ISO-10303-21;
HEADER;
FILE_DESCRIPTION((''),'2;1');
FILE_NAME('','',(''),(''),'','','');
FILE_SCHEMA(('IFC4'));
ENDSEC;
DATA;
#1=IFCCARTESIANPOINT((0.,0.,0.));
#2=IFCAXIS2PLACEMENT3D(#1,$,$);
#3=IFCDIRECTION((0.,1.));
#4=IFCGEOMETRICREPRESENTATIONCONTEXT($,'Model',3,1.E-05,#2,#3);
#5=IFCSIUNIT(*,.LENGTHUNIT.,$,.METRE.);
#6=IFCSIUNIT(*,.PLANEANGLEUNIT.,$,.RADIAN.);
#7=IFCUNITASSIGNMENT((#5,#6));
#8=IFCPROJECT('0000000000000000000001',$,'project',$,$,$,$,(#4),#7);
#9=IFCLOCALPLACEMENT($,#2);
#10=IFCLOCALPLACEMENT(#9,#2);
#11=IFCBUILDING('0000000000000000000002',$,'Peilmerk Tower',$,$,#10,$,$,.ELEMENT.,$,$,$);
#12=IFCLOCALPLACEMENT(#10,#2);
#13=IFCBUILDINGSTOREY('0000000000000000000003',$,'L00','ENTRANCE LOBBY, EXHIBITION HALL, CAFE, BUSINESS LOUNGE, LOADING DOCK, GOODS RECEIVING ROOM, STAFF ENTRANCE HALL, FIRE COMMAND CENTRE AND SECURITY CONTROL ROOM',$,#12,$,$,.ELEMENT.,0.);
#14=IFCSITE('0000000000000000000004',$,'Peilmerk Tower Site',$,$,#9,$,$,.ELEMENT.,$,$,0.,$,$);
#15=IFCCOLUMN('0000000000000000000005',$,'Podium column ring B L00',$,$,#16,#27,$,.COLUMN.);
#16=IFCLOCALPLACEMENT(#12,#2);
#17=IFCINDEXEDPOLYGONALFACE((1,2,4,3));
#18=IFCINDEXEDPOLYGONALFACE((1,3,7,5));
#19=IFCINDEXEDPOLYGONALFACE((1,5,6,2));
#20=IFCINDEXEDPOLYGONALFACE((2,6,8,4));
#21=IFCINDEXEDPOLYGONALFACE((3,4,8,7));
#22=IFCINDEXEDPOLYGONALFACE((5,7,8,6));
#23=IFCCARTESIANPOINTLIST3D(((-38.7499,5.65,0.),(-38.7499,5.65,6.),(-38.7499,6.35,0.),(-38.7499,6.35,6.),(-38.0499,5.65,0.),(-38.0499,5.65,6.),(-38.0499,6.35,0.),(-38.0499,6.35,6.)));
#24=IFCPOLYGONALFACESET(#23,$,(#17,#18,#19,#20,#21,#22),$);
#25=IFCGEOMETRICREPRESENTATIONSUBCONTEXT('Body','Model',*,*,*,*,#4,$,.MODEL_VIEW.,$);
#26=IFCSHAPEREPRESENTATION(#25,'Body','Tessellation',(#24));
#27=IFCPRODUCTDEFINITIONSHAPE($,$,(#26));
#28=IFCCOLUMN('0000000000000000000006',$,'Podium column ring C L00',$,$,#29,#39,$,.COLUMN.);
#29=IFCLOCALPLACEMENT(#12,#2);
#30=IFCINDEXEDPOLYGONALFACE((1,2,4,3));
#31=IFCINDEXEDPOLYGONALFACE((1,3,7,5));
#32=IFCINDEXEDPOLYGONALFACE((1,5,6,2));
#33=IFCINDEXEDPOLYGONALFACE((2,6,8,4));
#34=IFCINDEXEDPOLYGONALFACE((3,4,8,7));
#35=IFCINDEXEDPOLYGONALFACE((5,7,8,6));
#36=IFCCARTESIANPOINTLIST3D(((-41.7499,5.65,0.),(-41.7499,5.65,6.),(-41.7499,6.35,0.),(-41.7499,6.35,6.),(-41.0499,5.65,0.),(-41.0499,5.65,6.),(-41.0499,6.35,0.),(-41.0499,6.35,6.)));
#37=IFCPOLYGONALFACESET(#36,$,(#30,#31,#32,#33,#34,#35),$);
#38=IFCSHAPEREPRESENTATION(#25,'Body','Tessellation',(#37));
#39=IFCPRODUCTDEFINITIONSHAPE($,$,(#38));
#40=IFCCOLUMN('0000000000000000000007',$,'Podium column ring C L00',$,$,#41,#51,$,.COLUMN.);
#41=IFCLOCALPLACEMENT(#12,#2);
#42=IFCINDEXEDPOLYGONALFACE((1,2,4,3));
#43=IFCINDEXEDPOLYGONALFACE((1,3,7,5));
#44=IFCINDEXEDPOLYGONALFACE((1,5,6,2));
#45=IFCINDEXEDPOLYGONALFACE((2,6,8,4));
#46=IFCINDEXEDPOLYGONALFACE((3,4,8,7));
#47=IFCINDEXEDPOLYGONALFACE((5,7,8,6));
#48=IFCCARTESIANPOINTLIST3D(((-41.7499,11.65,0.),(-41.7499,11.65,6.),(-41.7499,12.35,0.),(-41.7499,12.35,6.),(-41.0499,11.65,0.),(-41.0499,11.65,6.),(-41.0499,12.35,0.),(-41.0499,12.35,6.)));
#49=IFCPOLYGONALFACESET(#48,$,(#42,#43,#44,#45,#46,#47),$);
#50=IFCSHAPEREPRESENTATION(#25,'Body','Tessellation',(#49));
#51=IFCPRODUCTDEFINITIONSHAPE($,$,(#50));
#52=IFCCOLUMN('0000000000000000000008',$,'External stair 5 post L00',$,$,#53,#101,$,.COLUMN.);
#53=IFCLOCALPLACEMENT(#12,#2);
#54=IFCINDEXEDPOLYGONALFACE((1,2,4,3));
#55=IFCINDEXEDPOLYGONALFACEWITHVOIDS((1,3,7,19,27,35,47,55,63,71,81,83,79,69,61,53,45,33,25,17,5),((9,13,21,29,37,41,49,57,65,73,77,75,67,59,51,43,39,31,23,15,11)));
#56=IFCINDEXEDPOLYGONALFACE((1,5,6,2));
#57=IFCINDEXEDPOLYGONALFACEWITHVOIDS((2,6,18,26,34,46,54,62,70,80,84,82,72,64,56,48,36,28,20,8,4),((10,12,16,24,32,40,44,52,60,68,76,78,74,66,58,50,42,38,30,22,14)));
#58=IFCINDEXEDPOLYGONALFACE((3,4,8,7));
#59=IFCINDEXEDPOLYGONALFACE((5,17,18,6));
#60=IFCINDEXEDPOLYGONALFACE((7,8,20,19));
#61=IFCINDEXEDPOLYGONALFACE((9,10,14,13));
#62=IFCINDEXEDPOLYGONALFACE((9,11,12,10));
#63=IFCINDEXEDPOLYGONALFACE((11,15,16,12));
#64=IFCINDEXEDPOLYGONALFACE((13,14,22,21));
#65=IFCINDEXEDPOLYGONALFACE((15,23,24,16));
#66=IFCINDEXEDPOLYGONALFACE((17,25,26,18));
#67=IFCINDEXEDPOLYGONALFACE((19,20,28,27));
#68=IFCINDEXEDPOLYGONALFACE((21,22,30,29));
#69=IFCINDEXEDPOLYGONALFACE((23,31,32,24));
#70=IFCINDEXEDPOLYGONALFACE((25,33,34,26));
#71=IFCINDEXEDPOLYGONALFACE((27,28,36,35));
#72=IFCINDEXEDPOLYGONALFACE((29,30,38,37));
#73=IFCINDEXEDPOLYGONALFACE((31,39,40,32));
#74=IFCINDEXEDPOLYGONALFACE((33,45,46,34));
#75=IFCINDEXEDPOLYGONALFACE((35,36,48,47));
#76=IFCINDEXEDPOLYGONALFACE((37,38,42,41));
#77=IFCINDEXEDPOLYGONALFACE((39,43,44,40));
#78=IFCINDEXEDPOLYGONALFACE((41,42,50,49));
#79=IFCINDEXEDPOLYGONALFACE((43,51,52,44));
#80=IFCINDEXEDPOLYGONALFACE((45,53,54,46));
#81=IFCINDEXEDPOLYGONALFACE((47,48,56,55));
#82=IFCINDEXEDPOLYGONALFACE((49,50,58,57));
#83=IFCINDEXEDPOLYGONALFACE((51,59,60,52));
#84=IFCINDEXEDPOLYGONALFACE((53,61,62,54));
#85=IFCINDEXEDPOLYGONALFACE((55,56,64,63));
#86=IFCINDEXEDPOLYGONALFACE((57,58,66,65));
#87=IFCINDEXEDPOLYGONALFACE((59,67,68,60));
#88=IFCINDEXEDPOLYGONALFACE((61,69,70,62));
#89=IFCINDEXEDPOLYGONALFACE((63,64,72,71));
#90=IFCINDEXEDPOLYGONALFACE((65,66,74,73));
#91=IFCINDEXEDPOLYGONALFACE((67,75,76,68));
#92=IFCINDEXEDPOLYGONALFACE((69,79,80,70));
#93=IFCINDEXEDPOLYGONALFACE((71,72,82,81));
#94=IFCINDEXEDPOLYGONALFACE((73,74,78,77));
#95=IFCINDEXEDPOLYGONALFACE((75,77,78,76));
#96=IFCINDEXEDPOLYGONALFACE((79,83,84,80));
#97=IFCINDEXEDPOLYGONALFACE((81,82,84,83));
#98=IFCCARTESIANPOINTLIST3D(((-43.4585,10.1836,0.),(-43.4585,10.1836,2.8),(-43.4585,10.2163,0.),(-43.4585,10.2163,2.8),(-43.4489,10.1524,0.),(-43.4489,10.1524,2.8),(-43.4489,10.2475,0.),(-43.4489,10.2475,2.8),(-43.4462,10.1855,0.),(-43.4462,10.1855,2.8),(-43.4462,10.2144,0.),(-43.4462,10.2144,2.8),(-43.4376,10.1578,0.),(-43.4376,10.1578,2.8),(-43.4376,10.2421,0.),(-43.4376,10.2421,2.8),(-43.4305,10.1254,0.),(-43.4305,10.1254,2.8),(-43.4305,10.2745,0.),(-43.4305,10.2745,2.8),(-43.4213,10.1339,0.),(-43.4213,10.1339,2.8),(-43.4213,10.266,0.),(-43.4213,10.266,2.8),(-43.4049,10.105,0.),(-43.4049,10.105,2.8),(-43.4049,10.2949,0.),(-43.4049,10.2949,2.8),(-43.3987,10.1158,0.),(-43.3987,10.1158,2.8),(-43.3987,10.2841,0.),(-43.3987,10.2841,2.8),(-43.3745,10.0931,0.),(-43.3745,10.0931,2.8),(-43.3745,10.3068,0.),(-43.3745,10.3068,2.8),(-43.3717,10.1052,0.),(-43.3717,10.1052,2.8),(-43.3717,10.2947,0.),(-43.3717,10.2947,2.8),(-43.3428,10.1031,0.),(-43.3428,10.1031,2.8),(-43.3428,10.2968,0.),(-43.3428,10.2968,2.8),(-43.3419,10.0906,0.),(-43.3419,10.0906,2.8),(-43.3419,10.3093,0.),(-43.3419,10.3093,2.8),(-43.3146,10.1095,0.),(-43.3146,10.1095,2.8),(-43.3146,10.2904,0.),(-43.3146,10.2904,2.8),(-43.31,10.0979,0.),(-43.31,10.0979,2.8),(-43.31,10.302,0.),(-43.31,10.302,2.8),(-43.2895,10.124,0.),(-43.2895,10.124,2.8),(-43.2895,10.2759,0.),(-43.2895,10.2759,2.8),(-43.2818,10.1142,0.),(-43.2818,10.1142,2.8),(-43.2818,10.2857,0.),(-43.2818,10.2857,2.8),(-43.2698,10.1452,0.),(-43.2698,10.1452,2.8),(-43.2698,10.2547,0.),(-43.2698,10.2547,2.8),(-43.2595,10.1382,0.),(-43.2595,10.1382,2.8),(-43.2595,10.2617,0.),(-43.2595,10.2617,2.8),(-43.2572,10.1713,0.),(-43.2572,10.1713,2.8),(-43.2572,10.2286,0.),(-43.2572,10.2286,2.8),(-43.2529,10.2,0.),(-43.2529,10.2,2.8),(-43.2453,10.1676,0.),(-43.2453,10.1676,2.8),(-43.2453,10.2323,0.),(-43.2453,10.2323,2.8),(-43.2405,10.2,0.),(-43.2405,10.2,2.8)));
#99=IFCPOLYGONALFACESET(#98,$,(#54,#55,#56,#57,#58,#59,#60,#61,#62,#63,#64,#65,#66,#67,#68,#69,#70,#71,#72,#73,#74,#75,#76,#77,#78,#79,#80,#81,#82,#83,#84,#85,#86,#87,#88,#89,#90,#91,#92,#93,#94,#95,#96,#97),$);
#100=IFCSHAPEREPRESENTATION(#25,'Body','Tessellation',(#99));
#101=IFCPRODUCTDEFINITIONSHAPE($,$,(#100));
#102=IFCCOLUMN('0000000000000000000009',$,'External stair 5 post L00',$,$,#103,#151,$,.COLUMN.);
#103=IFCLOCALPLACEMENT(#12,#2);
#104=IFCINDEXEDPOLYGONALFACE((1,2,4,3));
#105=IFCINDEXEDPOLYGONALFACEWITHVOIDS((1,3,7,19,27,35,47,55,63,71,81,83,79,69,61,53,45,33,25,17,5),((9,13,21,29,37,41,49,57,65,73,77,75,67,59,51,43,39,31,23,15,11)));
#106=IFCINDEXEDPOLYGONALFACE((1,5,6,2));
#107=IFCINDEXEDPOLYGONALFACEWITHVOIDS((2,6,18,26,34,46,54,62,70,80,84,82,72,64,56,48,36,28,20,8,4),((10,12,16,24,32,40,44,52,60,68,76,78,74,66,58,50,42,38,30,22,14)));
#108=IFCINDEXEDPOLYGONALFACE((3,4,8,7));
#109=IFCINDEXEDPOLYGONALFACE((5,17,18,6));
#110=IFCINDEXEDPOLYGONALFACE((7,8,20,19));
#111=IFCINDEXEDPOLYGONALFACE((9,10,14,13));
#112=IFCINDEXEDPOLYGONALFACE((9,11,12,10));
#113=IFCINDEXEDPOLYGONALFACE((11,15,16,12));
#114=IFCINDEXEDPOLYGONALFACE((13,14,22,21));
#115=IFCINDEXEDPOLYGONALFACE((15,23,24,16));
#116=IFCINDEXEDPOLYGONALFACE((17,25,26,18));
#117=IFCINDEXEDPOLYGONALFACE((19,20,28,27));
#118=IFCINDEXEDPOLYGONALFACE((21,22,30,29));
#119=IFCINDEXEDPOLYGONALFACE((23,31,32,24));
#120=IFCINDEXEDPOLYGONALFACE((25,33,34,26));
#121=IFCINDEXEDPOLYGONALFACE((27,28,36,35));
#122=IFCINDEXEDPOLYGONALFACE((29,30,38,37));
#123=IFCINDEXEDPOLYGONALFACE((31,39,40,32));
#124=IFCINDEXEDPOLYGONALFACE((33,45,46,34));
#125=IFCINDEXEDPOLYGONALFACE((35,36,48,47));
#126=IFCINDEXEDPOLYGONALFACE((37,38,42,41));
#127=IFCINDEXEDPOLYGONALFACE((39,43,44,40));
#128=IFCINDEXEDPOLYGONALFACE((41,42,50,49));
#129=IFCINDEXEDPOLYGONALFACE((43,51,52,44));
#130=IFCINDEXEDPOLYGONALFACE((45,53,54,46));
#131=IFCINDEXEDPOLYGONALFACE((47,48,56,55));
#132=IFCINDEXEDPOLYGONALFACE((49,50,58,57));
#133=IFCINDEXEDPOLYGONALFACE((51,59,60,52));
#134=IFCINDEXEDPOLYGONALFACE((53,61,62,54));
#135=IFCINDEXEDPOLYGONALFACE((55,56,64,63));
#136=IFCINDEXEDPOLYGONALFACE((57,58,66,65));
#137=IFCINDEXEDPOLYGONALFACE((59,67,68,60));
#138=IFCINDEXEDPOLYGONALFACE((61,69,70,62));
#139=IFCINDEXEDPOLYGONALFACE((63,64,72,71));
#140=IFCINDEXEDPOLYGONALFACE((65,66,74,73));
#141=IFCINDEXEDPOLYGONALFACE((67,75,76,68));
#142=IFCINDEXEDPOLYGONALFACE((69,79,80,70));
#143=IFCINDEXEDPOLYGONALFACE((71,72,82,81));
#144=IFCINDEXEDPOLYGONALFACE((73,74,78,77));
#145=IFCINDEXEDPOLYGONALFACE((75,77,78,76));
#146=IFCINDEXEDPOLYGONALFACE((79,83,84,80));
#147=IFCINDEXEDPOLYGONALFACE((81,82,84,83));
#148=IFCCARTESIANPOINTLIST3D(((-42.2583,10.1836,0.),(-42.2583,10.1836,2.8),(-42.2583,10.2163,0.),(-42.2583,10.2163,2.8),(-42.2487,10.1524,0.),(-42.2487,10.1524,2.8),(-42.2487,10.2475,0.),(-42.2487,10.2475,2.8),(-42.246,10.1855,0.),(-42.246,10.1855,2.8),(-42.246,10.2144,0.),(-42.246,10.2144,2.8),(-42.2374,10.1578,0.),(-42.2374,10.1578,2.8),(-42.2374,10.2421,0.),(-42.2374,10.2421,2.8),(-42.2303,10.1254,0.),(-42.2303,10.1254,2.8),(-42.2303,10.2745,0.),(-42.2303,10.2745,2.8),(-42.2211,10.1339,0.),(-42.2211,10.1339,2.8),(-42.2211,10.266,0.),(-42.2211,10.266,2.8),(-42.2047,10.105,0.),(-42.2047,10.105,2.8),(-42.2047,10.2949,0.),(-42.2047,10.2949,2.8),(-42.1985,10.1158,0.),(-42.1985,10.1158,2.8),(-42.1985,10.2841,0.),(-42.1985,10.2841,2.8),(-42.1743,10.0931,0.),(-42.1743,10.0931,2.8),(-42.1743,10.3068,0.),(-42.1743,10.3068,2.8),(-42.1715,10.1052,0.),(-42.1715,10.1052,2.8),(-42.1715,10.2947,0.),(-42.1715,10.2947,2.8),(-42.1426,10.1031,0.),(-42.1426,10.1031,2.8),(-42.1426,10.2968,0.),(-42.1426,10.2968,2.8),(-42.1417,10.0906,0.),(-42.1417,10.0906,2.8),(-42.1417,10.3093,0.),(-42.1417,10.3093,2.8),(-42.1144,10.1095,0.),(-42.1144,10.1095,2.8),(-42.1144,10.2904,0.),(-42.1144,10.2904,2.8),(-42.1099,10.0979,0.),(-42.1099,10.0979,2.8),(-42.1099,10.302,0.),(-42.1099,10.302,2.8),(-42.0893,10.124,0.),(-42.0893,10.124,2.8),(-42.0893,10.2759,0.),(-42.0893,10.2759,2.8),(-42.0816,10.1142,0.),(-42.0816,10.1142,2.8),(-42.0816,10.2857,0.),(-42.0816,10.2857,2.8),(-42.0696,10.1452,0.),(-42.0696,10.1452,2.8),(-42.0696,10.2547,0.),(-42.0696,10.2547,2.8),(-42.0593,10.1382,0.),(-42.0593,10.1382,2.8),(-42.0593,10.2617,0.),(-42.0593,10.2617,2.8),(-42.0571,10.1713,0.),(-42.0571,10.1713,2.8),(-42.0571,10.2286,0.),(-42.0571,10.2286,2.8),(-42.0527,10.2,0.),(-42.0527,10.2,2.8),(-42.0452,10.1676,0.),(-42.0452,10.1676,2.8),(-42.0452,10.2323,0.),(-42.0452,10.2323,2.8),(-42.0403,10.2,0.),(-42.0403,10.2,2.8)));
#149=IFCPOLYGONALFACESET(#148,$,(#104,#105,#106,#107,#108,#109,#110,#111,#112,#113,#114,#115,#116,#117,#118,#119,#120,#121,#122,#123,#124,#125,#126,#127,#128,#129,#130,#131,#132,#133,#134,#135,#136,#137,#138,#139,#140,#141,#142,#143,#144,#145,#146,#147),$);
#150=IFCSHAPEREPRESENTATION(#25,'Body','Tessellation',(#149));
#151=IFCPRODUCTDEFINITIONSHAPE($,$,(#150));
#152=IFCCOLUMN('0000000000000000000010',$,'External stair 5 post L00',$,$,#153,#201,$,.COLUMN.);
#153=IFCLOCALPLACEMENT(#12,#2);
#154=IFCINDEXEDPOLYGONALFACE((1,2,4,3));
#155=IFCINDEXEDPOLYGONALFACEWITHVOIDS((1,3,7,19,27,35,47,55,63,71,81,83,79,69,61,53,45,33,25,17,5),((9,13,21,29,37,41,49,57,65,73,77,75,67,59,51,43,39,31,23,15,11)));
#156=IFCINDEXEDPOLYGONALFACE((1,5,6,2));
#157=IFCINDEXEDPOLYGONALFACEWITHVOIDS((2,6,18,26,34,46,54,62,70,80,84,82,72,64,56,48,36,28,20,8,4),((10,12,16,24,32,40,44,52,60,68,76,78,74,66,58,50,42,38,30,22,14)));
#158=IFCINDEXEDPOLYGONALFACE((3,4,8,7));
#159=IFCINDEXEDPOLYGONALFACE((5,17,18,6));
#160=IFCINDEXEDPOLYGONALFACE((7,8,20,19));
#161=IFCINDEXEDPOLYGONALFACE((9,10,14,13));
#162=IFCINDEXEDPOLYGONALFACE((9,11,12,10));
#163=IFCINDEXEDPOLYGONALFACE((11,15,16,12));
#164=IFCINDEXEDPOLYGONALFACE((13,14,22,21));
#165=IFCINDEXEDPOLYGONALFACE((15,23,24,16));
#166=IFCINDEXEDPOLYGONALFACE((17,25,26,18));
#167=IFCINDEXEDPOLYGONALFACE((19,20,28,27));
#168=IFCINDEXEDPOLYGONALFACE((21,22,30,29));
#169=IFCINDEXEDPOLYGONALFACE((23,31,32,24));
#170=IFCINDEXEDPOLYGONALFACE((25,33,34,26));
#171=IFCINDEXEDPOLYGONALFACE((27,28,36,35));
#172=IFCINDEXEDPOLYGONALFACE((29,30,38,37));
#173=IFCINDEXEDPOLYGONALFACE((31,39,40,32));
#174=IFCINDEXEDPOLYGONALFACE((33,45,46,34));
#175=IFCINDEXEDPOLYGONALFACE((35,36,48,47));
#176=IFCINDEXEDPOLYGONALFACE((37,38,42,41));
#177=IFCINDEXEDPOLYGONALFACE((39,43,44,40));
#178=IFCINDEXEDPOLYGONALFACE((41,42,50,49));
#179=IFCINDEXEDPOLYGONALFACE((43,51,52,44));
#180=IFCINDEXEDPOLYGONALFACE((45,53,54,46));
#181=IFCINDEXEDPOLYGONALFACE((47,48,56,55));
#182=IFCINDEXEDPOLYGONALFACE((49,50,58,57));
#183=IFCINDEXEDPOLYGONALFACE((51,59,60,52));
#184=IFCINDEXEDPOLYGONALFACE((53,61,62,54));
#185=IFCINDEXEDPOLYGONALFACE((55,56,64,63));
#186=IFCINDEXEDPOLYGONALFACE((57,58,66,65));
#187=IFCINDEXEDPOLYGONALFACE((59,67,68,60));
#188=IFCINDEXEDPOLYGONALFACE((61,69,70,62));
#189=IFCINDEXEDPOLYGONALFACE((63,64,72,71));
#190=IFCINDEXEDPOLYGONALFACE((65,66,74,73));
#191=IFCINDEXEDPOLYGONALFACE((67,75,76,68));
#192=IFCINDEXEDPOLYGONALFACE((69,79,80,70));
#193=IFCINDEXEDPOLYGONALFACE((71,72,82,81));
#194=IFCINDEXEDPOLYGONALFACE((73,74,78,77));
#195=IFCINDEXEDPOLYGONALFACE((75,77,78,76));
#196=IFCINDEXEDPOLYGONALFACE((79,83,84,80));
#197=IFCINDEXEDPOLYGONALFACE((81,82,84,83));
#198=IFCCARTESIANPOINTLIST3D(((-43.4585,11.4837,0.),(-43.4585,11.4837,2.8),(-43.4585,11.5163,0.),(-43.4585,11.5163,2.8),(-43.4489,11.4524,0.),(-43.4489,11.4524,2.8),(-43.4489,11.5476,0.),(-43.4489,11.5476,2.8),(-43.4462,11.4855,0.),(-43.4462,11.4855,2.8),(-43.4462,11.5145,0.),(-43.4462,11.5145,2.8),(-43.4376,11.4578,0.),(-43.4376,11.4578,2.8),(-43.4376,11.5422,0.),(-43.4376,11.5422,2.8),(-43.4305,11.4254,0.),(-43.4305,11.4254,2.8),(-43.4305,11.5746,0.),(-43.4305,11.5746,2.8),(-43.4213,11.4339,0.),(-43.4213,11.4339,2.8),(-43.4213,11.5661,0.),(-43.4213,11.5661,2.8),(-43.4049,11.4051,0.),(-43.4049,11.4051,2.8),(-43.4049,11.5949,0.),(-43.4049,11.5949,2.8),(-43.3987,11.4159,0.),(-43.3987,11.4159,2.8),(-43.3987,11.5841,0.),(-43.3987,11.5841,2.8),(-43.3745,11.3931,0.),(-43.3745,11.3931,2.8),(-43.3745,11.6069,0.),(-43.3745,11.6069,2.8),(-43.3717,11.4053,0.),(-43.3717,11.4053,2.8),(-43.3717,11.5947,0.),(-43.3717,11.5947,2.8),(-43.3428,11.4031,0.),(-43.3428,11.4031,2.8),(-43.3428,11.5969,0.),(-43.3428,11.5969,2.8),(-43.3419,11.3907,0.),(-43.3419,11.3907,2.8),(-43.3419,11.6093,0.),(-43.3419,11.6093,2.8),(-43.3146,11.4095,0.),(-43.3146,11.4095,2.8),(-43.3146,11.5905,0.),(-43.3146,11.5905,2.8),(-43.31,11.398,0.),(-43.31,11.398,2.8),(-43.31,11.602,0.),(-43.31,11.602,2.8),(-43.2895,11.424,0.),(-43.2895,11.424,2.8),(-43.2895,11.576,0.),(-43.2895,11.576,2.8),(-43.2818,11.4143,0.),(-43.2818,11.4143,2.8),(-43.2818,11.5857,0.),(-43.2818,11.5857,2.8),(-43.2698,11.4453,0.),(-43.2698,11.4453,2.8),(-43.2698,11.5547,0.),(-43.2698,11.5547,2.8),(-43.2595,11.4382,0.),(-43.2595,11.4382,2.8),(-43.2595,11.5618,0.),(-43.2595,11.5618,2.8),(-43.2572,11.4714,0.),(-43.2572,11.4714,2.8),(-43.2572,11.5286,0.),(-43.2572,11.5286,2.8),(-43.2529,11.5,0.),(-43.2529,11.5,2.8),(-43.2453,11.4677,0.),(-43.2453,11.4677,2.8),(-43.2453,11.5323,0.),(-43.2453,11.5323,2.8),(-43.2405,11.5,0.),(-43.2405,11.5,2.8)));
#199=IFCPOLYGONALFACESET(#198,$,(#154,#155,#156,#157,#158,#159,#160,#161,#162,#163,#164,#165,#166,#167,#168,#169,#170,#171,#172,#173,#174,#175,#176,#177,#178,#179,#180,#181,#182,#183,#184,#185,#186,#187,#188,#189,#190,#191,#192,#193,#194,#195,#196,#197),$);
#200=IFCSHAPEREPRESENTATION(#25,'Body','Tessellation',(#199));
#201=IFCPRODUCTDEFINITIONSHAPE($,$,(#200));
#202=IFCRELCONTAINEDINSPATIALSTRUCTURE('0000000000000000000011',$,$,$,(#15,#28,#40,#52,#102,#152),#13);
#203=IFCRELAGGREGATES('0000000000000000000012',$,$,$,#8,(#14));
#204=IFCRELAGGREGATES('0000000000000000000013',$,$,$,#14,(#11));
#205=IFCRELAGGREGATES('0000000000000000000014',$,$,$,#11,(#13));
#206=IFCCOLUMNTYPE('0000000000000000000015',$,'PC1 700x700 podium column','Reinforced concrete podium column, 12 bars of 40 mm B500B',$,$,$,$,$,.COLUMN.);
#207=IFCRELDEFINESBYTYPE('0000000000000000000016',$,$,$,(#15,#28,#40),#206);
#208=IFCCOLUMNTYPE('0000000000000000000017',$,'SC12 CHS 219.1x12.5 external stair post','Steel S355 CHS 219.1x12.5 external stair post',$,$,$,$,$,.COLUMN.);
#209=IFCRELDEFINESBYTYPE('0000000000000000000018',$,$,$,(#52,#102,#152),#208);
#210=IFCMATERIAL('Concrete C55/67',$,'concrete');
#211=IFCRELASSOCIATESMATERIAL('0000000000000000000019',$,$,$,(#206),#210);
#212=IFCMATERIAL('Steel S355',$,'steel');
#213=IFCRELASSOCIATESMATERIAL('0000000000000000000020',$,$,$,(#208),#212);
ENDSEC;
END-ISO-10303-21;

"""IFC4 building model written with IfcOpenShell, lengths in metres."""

from ifc_helpers import new_model, si_unit, direction, frame, origin, origin_2d, place, context, subcontext, project, spatial, rectangle, hollow_circle, extrude, material, material_profile, profile_set, type_object, element, save


model = new_model("IFC4")

# Units and contexts
model_context = context("Model", 3, precision=1e-05, world=origin(), true_north=direction((0.0, 1.0)))
body_context = subcontext(model_context, "Body", "Model", "MODEL_VIEW")
ifc_project = project(units=[si_unit("LENGTHUNIT", "METRE"), si_unit("PLANEANGLEUNIT", "RADIAN")], contexts=[model_context])

# Site, building, storey
site_placement = place(None, origin())
site = spatial("IfcSite", under=ifc_project, at=site_placement, Name="Peilmerk Tower Site", CompositionType="ELEMENT", RefElevation=0.0)
building_placement = place(site_placement, origin())
building = spatial("IfcBuilding", under=site, at=building_placement, Name="Peilmerk Tower", CompositionType="ELEMENT")
storey_placement = place(building_placement, origin())
storey = spatial("IfcBuildingStorey", under=building, at=storey_placement, Name="L00", Description="ENTRANCE LOBBY, EXHIBITION HALL, CAFE, BUSINESS LOUNGE, LOADING DOCK, GOODS RECEIVING ROOM, STAFF ENTRANCE HALL, FIRE COMMAND CENTRE AND SECURITY CONTROL ROOM", CompositionType="ELEMENT", Elevation=0.0)

# Columns
ifc_material_1 = material(Name="Concrete C55/67", Category="concrete")
ifc_material_profile_1 = material_profile(ifc_material_1, rectangle(XDim=0.7, YDim=0.7, at=origin_2d()), Name="RC 700x700")
ifc_profile_set_1 = profile_set([ifc_material_profile_1], Name="Concrete C55/67")
column_type_1 = type_object("IfcColumnType", Name="PC1 700x700 podium column", Description="Reinforced concrete podium column, 12 bars of 40 mm B500B", PredefinedType="COLUMN", material=ifc_profile_set_1)
for number, where, z_axis, x_axis, name in (
    (1, (-38.3999, 6.0, 0.0), (0.0, 0.0, 1.0), (1.0, 0.0, 0.0), "Podium column ring B L00"),
    (2, (-41.3999, 6.0, 0.0), (0.0, 0.0, 1.0), (1.0, 0.0, 0.0), "Podium column ring C L00"),
    (3, (-41.3999, 12.0, 0.0), (0.0, 0.0, 1.0), (1.0, 0.0, 0.0), "Podium column ring C L00"),
):
    element("IfcColumn", number, at=place(storey_placement, frame(where, z_axis=z_axis, x_axis=x_axis)), inside=storey, type_object=column_type_1, Name=name, PredefinedType="COLUMN", context=body_context, shape_type="SweptSolid", body=[
        extrude(rectangle(XDim=0.7, YDim=0.7, at=origin_2d()), origin(), (0.0, 0.0, 1.0), 6.0),
    ])
ifc_material_2 = material(Name="Steel S355", Category="steel")
ifc_material_profile_2 = material_profile(ifc_material_2, hollow_circle(Radius=0.1096, WallThickness=0.0125, at=origin_2d()), Name="CHS 219.1x12.5")
ifc_profile_set_2 = profile_set([ifc_material_profile_2], Name="Steel S355")
column_type_2 = type_object("IfcColumnType", Name="SC12 CHS 219.1x12.5 external stair post", Description="Steel S355 CHS 219.1x12.5 external stair post", PredefinedType="COLUMN", material=ifc_profile_set_2)
for number, where, z_axis, x_axis, name in (
    (4, (-43.3501, 10.2, 0.0), (0.0, 0.0, 1.0), (1.0, 0.0, 0.0), "External stair 5 post L00"),
    (5, (-42.1499, 10.2, 0.0), (0.0, 0.0, 1.0), (1.0, 0.0, 0.0), "External stair 5 post L00"),
    (6, (-43.3501, 11.5, 0.0), (0.0, 0.0, 1.0), (1.0, 0.0, 0.0), "External stair 5 post L00"),
):
    element("IfcColumn", number, at=place(storey_placement, frame(where, z_axis=z_axis, x_axis=x_axis)), inside=storey, type_object=column_type_2, Name=name, PredefinedType="COLUMN", context=body_context, shape_type="SweptSolid", body=[
        extrude(hollow_circle(Radius=0.1096, WallThickness=0.0125, at=origin_2d()), origin(), (0.0, 0.0, 1.0), 2.8),
    ])

save(model, "model.ifc")
